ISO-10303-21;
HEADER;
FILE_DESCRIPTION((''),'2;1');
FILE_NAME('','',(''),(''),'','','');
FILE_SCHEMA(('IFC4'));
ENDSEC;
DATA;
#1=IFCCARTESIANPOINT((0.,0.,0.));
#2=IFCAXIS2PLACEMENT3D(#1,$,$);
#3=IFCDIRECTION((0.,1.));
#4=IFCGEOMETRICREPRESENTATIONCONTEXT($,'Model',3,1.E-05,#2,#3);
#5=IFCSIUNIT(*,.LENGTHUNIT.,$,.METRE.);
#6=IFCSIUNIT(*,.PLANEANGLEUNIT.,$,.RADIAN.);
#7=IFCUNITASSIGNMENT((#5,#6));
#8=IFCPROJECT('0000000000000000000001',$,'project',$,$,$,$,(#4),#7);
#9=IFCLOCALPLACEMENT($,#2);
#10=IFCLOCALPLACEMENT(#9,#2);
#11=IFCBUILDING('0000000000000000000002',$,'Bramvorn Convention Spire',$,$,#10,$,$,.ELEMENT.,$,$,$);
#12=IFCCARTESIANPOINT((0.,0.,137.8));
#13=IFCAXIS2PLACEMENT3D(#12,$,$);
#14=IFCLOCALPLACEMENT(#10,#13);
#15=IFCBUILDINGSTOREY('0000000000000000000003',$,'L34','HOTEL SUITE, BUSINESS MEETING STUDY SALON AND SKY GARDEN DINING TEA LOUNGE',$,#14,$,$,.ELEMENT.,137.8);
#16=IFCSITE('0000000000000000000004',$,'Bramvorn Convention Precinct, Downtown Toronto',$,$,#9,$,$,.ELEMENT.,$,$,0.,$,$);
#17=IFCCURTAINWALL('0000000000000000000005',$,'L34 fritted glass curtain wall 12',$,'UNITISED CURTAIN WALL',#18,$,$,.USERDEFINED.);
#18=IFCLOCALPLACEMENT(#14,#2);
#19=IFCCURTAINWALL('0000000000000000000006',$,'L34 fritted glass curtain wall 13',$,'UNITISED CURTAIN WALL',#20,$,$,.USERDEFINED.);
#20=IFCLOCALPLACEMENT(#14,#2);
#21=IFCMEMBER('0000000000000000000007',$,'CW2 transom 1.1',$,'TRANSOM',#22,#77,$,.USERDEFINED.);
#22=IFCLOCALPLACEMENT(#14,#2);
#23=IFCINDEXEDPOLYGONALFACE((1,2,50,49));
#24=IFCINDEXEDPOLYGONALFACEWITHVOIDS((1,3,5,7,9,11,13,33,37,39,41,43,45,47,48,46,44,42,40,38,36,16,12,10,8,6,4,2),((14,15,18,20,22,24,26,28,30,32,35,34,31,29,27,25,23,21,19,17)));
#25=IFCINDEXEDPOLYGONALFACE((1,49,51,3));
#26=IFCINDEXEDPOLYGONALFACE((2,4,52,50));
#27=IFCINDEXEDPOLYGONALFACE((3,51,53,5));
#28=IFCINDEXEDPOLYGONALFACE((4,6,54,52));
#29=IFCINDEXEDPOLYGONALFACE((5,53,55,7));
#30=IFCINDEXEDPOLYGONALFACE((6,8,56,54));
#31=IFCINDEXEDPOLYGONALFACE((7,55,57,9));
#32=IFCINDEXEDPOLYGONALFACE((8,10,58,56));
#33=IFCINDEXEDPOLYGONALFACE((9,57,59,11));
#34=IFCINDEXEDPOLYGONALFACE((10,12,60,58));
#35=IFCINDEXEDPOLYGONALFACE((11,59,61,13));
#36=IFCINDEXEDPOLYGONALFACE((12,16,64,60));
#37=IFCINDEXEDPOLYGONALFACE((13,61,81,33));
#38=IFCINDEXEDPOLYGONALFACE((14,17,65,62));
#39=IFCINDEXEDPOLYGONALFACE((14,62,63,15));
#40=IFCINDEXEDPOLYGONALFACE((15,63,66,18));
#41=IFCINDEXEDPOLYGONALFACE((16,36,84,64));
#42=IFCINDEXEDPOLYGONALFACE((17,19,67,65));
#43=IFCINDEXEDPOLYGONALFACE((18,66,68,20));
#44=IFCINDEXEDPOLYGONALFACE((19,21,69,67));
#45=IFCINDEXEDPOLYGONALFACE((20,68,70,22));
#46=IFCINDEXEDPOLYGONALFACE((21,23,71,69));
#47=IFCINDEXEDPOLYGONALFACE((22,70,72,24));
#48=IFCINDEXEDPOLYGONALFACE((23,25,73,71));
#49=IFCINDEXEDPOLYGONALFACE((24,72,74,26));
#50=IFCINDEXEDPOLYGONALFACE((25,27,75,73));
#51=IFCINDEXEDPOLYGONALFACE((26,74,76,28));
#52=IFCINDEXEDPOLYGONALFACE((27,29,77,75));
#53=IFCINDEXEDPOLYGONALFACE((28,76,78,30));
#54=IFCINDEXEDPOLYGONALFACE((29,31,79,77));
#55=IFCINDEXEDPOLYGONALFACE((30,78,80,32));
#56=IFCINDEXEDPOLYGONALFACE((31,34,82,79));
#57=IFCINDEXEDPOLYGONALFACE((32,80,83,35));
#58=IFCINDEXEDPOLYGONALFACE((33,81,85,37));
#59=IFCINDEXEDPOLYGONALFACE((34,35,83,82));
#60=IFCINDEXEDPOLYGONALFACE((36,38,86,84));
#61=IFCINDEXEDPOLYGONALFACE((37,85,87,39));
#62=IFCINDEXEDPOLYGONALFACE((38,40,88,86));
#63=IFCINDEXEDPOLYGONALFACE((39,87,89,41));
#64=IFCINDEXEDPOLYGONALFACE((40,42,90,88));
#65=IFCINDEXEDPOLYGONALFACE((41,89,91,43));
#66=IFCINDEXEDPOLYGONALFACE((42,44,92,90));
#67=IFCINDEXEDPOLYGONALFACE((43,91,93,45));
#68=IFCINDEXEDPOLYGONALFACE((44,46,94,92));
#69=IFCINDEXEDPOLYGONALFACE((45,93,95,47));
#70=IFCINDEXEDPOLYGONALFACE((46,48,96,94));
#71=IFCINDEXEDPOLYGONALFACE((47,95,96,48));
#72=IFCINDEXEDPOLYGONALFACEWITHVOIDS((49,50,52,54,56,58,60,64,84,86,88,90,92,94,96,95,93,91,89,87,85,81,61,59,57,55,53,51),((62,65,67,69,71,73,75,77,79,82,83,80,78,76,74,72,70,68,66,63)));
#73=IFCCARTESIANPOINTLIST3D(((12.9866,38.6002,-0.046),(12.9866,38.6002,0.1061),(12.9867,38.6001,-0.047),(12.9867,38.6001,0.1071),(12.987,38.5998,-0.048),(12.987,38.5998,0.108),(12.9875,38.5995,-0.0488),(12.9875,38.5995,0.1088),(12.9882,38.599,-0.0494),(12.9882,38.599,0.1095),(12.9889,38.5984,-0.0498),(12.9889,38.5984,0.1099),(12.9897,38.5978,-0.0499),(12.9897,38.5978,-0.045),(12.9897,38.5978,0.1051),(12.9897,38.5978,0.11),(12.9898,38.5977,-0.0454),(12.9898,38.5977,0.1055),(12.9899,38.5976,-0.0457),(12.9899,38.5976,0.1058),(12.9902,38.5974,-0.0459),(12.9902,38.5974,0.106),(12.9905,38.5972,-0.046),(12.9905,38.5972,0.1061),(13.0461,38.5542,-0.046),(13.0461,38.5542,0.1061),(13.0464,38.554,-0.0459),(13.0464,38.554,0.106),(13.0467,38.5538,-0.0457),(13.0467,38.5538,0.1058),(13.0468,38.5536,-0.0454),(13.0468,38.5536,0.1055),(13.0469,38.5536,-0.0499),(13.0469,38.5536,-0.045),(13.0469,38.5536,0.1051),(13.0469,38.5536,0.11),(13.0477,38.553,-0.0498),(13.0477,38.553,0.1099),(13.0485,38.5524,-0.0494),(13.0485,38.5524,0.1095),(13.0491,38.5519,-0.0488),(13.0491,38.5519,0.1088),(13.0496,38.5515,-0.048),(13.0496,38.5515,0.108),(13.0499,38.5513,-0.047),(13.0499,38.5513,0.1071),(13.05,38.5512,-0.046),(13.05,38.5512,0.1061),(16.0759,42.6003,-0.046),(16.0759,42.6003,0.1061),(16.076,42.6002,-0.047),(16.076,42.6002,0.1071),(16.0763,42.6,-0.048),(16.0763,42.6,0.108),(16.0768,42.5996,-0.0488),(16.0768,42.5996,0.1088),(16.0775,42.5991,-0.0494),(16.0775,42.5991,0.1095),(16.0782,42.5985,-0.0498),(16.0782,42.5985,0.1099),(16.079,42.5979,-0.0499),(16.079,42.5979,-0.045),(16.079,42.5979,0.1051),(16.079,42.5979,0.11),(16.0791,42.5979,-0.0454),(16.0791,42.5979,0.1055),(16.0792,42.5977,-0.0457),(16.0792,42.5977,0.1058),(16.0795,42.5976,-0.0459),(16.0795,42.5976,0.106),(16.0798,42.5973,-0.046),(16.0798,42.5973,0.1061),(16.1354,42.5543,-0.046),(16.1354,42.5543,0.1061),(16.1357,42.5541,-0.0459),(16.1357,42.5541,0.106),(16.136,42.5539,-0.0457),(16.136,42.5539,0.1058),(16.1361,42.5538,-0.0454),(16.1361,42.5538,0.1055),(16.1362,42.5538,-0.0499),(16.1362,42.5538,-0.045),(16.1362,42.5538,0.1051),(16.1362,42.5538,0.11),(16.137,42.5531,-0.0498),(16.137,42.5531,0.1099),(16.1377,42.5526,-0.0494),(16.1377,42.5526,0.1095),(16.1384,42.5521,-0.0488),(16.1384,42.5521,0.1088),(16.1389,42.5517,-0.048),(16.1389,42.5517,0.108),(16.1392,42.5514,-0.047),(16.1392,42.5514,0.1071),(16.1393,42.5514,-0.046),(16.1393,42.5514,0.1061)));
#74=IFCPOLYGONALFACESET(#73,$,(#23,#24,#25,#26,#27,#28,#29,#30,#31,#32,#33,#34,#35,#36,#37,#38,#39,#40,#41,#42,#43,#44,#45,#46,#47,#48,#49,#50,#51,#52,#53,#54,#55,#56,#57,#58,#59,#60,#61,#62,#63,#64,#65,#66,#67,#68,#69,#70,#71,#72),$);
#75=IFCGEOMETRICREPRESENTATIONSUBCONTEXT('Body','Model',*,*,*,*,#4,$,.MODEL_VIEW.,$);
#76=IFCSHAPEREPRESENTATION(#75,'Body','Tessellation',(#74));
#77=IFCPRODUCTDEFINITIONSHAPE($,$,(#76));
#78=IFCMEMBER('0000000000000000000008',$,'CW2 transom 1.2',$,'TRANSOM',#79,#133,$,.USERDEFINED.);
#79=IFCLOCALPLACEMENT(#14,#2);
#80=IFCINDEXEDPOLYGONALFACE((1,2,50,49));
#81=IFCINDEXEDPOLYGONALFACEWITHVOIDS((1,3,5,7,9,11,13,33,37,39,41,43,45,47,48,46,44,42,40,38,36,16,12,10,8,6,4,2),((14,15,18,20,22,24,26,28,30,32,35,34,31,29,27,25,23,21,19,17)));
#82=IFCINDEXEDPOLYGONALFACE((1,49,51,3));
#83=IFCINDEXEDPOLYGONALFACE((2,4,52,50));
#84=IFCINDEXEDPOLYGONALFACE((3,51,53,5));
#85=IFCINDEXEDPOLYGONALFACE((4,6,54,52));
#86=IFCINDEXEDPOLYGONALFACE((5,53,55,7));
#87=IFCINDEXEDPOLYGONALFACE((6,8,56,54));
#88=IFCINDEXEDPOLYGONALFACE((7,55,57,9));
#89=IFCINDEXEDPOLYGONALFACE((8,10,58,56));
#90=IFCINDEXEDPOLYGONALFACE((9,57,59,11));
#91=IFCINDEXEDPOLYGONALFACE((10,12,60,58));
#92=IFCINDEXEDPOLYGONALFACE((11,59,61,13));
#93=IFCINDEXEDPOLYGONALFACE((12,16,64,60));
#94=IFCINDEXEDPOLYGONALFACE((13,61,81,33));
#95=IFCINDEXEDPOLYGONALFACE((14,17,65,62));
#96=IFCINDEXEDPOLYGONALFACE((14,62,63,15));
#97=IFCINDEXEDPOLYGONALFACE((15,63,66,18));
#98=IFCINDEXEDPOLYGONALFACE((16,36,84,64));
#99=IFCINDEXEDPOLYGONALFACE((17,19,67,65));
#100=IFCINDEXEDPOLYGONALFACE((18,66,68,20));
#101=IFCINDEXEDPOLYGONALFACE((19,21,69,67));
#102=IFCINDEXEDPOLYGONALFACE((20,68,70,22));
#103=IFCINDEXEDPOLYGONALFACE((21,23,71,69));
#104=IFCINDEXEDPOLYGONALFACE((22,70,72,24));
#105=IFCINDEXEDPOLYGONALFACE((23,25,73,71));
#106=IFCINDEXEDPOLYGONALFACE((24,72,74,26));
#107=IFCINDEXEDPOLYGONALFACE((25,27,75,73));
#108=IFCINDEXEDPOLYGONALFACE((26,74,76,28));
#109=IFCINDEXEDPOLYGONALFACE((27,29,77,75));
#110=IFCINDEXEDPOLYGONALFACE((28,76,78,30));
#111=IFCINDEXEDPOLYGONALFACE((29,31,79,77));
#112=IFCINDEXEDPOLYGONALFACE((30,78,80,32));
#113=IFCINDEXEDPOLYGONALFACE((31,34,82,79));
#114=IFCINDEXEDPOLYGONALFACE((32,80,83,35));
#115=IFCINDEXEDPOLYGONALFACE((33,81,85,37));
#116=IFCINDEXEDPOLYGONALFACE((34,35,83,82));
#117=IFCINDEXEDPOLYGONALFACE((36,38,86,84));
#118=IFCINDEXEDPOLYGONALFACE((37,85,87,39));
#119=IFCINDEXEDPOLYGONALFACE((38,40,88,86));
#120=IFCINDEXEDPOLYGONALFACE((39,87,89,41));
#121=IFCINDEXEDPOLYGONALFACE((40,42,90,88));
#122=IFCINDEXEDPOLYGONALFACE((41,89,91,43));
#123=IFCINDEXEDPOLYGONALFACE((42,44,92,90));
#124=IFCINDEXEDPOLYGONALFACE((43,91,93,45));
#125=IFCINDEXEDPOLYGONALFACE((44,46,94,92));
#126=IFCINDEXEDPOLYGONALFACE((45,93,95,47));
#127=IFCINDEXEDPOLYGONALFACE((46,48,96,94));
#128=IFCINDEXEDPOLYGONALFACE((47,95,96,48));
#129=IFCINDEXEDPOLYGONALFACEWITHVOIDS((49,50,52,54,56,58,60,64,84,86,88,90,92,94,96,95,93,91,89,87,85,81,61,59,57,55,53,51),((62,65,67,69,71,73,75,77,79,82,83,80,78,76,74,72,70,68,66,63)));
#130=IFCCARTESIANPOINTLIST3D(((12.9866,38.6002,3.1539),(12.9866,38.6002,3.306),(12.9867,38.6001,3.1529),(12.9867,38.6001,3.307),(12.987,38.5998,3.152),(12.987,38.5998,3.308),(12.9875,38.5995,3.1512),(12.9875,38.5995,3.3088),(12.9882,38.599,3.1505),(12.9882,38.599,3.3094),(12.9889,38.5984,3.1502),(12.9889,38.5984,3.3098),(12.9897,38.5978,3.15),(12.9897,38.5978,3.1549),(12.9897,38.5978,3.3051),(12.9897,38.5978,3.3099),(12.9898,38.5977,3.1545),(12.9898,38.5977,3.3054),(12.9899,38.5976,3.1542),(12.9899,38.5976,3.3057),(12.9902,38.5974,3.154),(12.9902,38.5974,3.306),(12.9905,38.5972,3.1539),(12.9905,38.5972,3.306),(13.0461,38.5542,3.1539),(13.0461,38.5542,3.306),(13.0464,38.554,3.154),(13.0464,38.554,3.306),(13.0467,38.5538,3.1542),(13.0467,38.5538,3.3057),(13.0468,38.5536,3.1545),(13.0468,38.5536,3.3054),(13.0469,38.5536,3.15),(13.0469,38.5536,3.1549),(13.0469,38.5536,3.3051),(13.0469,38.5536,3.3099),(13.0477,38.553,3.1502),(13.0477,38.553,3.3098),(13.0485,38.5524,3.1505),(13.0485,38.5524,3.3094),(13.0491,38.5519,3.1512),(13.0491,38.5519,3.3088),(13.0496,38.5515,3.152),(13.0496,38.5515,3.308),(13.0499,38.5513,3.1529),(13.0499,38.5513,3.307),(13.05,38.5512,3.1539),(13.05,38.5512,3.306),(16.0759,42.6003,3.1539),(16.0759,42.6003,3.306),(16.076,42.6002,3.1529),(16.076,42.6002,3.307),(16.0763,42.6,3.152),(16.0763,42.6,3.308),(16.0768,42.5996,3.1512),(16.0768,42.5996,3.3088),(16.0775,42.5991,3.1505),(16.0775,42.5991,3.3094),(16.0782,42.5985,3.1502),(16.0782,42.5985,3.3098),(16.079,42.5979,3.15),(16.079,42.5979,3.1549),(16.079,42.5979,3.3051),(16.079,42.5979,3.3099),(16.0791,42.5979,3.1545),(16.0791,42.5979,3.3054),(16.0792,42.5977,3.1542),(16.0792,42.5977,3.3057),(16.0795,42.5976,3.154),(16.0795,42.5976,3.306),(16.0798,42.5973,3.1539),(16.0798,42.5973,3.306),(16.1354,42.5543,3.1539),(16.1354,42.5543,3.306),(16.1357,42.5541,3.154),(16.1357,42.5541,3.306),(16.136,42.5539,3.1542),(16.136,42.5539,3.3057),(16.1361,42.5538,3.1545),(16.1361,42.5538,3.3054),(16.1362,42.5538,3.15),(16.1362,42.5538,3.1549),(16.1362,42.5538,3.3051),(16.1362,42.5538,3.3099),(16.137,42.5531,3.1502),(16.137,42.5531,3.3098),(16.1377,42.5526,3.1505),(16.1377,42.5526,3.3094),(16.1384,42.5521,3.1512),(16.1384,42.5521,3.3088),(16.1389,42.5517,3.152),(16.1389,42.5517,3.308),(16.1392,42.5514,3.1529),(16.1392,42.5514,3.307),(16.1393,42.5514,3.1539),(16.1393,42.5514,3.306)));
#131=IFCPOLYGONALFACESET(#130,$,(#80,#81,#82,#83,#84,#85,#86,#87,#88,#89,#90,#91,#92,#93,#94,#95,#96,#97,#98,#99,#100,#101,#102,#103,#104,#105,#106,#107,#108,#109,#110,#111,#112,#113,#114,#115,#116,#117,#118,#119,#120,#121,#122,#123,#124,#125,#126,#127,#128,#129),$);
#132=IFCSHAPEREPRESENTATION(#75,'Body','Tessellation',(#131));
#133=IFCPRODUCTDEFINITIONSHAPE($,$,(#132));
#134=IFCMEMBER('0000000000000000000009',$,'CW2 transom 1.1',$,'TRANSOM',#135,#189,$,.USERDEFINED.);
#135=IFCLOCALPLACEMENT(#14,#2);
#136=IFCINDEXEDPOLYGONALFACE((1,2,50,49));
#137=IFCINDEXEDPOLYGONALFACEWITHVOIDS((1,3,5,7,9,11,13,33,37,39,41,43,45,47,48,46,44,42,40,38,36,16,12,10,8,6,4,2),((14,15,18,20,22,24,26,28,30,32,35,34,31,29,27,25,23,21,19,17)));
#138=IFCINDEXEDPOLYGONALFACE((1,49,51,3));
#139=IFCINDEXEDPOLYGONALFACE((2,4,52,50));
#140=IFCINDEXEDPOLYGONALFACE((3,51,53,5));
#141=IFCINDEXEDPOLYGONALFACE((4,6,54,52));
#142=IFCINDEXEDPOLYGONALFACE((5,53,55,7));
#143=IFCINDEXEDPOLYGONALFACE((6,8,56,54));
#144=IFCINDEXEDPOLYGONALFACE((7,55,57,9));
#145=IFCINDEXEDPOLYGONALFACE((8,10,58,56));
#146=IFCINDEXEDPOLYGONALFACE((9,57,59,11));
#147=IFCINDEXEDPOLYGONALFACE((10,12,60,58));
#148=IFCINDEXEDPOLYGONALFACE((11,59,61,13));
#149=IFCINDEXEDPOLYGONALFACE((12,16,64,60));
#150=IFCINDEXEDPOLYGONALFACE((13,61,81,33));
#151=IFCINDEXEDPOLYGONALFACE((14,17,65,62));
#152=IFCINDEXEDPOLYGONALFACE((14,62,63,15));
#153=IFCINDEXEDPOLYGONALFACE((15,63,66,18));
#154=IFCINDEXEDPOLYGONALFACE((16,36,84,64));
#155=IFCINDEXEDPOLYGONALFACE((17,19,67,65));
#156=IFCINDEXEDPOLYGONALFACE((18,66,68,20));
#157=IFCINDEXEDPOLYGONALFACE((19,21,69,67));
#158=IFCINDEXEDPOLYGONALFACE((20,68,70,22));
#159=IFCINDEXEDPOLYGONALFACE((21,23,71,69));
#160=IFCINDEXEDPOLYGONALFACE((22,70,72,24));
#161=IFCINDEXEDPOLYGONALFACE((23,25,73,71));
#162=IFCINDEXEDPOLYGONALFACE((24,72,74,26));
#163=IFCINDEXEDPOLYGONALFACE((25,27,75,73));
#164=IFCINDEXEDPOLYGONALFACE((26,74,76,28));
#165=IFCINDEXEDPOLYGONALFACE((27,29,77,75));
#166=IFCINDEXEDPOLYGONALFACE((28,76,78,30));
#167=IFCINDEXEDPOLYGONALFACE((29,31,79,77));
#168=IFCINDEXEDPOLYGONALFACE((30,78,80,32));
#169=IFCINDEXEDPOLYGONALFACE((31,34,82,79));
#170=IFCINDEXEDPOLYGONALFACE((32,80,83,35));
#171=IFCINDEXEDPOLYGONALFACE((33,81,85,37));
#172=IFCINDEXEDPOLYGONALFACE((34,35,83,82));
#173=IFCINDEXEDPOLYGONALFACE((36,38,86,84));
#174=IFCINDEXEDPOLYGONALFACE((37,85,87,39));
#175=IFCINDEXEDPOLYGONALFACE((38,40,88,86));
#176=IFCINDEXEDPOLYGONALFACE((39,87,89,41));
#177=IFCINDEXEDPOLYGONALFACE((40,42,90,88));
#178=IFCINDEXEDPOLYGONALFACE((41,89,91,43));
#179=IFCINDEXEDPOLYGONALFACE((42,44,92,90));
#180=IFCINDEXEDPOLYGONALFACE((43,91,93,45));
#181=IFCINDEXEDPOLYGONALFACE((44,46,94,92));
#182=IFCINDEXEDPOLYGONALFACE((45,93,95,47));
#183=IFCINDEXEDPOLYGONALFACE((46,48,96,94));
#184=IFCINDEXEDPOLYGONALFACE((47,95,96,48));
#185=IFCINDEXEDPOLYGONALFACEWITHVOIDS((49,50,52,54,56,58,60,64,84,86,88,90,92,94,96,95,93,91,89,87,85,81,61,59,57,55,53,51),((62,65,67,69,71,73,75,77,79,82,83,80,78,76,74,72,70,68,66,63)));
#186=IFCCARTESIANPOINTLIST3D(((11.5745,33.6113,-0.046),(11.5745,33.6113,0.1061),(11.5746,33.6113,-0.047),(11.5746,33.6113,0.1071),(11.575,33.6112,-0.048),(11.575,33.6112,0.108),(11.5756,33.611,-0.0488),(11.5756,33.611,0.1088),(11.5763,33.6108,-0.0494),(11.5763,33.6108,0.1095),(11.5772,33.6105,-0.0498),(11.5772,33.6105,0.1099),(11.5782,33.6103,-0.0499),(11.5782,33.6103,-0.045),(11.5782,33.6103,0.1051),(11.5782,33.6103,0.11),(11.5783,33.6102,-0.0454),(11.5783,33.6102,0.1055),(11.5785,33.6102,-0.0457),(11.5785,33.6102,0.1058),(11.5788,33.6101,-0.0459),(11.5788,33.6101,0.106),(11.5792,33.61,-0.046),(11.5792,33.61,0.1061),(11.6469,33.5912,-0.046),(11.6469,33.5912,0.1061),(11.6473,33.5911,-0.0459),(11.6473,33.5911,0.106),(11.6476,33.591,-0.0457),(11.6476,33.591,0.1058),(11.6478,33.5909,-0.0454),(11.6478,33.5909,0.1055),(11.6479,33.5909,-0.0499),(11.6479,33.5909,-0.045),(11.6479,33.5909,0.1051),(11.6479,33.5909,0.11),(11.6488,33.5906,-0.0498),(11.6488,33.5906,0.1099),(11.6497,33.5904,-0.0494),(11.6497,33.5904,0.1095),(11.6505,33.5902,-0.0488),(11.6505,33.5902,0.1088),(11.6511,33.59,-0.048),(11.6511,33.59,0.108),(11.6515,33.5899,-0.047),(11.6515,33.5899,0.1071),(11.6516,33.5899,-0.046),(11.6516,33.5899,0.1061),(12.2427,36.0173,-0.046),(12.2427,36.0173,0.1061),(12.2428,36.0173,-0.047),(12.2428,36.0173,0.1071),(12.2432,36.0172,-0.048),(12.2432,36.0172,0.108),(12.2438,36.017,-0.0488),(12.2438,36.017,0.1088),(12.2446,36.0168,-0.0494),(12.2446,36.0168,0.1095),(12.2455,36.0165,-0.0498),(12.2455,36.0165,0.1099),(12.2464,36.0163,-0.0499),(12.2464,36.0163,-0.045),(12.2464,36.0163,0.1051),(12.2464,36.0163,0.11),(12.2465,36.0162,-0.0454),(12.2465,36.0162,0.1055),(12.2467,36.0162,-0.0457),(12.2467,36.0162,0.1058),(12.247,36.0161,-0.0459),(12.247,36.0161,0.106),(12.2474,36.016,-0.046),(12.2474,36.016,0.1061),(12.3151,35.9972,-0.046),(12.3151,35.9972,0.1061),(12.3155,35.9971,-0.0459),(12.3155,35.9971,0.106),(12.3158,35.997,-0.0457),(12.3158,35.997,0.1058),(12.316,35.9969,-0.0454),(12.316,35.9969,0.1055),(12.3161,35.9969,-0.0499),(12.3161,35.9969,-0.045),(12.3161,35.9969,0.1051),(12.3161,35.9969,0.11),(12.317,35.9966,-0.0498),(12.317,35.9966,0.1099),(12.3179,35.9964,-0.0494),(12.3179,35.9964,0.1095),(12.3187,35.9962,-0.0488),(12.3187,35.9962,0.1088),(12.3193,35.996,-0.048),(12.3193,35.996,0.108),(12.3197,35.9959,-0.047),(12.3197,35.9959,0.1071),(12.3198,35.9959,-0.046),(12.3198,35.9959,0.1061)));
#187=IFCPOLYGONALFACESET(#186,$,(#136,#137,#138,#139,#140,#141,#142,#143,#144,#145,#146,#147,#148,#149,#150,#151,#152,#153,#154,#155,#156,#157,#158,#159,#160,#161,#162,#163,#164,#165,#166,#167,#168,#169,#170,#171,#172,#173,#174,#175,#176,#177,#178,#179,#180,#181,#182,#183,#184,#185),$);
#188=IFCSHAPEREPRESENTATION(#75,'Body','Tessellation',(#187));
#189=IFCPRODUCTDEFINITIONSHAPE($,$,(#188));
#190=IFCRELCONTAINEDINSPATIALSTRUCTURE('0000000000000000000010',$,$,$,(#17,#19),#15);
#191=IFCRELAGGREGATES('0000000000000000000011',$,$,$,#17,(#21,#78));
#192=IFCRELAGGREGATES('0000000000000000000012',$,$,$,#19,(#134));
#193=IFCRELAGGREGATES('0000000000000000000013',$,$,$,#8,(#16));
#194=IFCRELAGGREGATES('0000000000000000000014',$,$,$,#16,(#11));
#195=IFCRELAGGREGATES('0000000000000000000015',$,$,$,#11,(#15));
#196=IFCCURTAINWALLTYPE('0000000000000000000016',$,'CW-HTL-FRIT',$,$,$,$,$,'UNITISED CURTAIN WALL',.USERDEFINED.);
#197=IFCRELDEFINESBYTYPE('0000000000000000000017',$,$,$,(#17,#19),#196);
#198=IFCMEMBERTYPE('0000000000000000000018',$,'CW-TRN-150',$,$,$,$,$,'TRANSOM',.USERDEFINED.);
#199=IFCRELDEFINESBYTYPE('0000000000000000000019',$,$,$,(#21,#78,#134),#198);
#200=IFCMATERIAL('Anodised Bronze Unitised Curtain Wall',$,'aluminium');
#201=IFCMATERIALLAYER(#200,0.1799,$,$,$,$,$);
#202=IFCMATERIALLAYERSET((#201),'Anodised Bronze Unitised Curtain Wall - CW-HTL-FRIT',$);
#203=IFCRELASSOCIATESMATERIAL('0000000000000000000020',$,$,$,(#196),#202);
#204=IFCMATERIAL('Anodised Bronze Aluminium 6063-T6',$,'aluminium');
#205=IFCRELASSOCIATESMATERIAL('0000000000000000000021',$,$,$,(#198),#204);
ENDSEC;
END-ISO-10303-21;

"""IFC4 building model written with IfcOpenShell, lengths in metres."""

from ifc_helpers import new_model, si_unit, direction, frame, origin, origin_2d, place, context, subcontext, project, spatial, hollow_rectangle, extrude, material, layer, layer_set, material_profile, profile_set, type_object, element, aggregate, save


model = new_model("IFC4")

# Units and contexts
model_context = context("Model", 3, precision=1e-05, world=origin(), true_north=direction((0.0, 1.0)))
body_context = subcontext(model_context, "Body", "Model", "MODEL_VIEW")
ifc_project = project(units=[si_unit("LENGTHUNIT", "METRE"), si_unit("PLANEANGLEUNIT", "RADIAN")], contexts=[model_context])

# Site, building, storey
site_placement = place(None, origin())
site = spatial("IfcSite", under=ifc_project, at=site_placement, Name="Bramvorn Convention Precinct, Downtown Toronto", CompositionType="ELEMENT", RefElevation=0.0)
building_placement = place(site_placement, origin())
building = spatial("IfcBuilding", under=site, at=building_placement, Name="Bramvorn Convention Spire", CompositionType="ELEMENT")
storey_placement = place(building_placement, frame((0.0, 0.0, 137.8)))
storey = spatial("IfcBuildingStorey", under=building, at=storey_placement, Name="L34", Description="HOTEL SUITE, BUSINESS MEETING STUDY SALON AND SKY GARDEN DINING TEA LOUNGE", CompositionType="ELEMENT", Elevation=137.8)

# Curtain walls
ifc_material_1 = material(Name="Anodised Bronze Unitised Curtain Wall", Category="aluminium")
ifc_layer_1 = layer(ifc_material_1, 0.1799)
ifc_layer_set_1 = layer_set([ifc_layer_1], Name="Anodised Bronze Unitised Curtain Wall - CW-HTL-FRIT")
curtain_wall_type_1 = type_object("IfcCurtainWallType", Name="CW-HTL-FRIT", ElementType="UNITISED CURTAIN WALL", PredefinedType="USERDEFINED", material=ifc_layer_set_1)
curtain_wall_1_placement = place(storey_placement, origin())
curtain_wall_1 = element("IfcCurtainWall", 1, at=curtain_wall_1_placement, inside=storey, type_object=curtain_wall_type_1, Name="L34 fritted glass curtain wall 12", ObjectType="UNITISED CURTAIN WALL", PredefinedType="USERDEFINED")
ifc_material_2 = material(Name="Anodised Bronze Aluminium 6063-T6", Category="aluminium")
curtain_wall_2_placement = place(storey_placement, origin())
curtain_wall_2 = element("IfcCurtainWall", 2, at=curtain_wall_2_placement, inside=storey, type_object=curtain_wall_type_1, Name="L34 fritted glass curtain wall 13", ObjectType="UNITISED CURTAIN WALL", PredefinedType="USERDEFINED")

# Members
ifc_material_profile_1 = material_profile(ifc_material_2, hollow_rectangle(XDim=0.0801, YDim=0.1599, WallThickness=0.0039, InnerFilletRadius=0.001, OuterFilletRadius=0.0039, at=origin_2d()))
ifc_profile_set_1 = profile_set([ifc_material_profile_1], Name="Anodised Bronze Aluminium 6063-T6 - CWT80X160")
member_type_1 = type_object("IfcMemberType", Name="CW-TRN-150", ElementType="TRANSOM", PredefinedType="USERDEFINED", material=ifc_profile_set_1)
member_1_placement = place(storey_placement, frame((13.0183, 38.5757, 0.03), z_axis=(0.611232, 0.791452, 0.0), x_axis=(-0.791452, 0.611232, 0.0)))
member_1 = element("IfcMember", 3, at=member_1_placement, type_object=member_type_1, Name="CW2 transom 1.1", ObjectType="TRANSOM", PredefinedType="USERDEFINED", context=body_context, shape_type="SweptSolid", body=[
    extrude(hollow_rectangle(XDim=0.0801, YDim=0.1599, WallThickness=0.0039, InnerFilletRadius=0.001, OuterFilletRadius=0.0039, at=origin_2d()), origin(), (0.0, 0.0, 1.0), 5.0542),
])
member_2_placement = place(storey_placement, frame((13.0183, 38.5757, 3.23), z_axis=(0.611232, 0.791452, 0.0), x_axis=(-0.791452, 0.611232, 0.0)))
member_2 = element("IfcMember", 4, at=member_2_placement, type_object=member_type_1, Name="CW2 transom 1.2", ObjectType="TRANSOM", PredefinedType="USERDEFINED", context=body_context, shape_type="SweptSolid", body=[
    extrude(hollow_rectangle(XDim=0.0801, YDim=0.1599, WallThickness=0.0039, InnerFilletRadius=0.001, OuterFilletRadius=0.0039, at=origin_2d()), origin(), (0.0, 0.0, 1.0), 5.0542),
])
member_3_placement = place(storey_placement, frame((11.613, 33.6006, 0.03), z_axis=(0.267598, 0.963531, 0.0), x_axis=(-0.963531, 0.267598, 0.0)))
member_3 = element("IfcMember", 5, at=member_3_placement, type_object=member_type_1, Name="CW2 transom 1.1", ObjectType="TRANSOM", PredefinedType="USERDEFINED", context=body_context, shape_type="SweptSolid", body=[
    extrude(hollow_rectangle(XDim=0.0801, YDim=0.1599, WallThickness=0.0039, InnerFilletRadius=0.001, OuterFilletRadius=0.0039, at=origin_2d()), origin(), (0.0, 0.0, 1.0), 2.4971),
])

aggregate(curtain_wall_1, [member_1, member_2])
aggregate(curtain_wall_2, [member_3])

save(model, "model.ifc")
